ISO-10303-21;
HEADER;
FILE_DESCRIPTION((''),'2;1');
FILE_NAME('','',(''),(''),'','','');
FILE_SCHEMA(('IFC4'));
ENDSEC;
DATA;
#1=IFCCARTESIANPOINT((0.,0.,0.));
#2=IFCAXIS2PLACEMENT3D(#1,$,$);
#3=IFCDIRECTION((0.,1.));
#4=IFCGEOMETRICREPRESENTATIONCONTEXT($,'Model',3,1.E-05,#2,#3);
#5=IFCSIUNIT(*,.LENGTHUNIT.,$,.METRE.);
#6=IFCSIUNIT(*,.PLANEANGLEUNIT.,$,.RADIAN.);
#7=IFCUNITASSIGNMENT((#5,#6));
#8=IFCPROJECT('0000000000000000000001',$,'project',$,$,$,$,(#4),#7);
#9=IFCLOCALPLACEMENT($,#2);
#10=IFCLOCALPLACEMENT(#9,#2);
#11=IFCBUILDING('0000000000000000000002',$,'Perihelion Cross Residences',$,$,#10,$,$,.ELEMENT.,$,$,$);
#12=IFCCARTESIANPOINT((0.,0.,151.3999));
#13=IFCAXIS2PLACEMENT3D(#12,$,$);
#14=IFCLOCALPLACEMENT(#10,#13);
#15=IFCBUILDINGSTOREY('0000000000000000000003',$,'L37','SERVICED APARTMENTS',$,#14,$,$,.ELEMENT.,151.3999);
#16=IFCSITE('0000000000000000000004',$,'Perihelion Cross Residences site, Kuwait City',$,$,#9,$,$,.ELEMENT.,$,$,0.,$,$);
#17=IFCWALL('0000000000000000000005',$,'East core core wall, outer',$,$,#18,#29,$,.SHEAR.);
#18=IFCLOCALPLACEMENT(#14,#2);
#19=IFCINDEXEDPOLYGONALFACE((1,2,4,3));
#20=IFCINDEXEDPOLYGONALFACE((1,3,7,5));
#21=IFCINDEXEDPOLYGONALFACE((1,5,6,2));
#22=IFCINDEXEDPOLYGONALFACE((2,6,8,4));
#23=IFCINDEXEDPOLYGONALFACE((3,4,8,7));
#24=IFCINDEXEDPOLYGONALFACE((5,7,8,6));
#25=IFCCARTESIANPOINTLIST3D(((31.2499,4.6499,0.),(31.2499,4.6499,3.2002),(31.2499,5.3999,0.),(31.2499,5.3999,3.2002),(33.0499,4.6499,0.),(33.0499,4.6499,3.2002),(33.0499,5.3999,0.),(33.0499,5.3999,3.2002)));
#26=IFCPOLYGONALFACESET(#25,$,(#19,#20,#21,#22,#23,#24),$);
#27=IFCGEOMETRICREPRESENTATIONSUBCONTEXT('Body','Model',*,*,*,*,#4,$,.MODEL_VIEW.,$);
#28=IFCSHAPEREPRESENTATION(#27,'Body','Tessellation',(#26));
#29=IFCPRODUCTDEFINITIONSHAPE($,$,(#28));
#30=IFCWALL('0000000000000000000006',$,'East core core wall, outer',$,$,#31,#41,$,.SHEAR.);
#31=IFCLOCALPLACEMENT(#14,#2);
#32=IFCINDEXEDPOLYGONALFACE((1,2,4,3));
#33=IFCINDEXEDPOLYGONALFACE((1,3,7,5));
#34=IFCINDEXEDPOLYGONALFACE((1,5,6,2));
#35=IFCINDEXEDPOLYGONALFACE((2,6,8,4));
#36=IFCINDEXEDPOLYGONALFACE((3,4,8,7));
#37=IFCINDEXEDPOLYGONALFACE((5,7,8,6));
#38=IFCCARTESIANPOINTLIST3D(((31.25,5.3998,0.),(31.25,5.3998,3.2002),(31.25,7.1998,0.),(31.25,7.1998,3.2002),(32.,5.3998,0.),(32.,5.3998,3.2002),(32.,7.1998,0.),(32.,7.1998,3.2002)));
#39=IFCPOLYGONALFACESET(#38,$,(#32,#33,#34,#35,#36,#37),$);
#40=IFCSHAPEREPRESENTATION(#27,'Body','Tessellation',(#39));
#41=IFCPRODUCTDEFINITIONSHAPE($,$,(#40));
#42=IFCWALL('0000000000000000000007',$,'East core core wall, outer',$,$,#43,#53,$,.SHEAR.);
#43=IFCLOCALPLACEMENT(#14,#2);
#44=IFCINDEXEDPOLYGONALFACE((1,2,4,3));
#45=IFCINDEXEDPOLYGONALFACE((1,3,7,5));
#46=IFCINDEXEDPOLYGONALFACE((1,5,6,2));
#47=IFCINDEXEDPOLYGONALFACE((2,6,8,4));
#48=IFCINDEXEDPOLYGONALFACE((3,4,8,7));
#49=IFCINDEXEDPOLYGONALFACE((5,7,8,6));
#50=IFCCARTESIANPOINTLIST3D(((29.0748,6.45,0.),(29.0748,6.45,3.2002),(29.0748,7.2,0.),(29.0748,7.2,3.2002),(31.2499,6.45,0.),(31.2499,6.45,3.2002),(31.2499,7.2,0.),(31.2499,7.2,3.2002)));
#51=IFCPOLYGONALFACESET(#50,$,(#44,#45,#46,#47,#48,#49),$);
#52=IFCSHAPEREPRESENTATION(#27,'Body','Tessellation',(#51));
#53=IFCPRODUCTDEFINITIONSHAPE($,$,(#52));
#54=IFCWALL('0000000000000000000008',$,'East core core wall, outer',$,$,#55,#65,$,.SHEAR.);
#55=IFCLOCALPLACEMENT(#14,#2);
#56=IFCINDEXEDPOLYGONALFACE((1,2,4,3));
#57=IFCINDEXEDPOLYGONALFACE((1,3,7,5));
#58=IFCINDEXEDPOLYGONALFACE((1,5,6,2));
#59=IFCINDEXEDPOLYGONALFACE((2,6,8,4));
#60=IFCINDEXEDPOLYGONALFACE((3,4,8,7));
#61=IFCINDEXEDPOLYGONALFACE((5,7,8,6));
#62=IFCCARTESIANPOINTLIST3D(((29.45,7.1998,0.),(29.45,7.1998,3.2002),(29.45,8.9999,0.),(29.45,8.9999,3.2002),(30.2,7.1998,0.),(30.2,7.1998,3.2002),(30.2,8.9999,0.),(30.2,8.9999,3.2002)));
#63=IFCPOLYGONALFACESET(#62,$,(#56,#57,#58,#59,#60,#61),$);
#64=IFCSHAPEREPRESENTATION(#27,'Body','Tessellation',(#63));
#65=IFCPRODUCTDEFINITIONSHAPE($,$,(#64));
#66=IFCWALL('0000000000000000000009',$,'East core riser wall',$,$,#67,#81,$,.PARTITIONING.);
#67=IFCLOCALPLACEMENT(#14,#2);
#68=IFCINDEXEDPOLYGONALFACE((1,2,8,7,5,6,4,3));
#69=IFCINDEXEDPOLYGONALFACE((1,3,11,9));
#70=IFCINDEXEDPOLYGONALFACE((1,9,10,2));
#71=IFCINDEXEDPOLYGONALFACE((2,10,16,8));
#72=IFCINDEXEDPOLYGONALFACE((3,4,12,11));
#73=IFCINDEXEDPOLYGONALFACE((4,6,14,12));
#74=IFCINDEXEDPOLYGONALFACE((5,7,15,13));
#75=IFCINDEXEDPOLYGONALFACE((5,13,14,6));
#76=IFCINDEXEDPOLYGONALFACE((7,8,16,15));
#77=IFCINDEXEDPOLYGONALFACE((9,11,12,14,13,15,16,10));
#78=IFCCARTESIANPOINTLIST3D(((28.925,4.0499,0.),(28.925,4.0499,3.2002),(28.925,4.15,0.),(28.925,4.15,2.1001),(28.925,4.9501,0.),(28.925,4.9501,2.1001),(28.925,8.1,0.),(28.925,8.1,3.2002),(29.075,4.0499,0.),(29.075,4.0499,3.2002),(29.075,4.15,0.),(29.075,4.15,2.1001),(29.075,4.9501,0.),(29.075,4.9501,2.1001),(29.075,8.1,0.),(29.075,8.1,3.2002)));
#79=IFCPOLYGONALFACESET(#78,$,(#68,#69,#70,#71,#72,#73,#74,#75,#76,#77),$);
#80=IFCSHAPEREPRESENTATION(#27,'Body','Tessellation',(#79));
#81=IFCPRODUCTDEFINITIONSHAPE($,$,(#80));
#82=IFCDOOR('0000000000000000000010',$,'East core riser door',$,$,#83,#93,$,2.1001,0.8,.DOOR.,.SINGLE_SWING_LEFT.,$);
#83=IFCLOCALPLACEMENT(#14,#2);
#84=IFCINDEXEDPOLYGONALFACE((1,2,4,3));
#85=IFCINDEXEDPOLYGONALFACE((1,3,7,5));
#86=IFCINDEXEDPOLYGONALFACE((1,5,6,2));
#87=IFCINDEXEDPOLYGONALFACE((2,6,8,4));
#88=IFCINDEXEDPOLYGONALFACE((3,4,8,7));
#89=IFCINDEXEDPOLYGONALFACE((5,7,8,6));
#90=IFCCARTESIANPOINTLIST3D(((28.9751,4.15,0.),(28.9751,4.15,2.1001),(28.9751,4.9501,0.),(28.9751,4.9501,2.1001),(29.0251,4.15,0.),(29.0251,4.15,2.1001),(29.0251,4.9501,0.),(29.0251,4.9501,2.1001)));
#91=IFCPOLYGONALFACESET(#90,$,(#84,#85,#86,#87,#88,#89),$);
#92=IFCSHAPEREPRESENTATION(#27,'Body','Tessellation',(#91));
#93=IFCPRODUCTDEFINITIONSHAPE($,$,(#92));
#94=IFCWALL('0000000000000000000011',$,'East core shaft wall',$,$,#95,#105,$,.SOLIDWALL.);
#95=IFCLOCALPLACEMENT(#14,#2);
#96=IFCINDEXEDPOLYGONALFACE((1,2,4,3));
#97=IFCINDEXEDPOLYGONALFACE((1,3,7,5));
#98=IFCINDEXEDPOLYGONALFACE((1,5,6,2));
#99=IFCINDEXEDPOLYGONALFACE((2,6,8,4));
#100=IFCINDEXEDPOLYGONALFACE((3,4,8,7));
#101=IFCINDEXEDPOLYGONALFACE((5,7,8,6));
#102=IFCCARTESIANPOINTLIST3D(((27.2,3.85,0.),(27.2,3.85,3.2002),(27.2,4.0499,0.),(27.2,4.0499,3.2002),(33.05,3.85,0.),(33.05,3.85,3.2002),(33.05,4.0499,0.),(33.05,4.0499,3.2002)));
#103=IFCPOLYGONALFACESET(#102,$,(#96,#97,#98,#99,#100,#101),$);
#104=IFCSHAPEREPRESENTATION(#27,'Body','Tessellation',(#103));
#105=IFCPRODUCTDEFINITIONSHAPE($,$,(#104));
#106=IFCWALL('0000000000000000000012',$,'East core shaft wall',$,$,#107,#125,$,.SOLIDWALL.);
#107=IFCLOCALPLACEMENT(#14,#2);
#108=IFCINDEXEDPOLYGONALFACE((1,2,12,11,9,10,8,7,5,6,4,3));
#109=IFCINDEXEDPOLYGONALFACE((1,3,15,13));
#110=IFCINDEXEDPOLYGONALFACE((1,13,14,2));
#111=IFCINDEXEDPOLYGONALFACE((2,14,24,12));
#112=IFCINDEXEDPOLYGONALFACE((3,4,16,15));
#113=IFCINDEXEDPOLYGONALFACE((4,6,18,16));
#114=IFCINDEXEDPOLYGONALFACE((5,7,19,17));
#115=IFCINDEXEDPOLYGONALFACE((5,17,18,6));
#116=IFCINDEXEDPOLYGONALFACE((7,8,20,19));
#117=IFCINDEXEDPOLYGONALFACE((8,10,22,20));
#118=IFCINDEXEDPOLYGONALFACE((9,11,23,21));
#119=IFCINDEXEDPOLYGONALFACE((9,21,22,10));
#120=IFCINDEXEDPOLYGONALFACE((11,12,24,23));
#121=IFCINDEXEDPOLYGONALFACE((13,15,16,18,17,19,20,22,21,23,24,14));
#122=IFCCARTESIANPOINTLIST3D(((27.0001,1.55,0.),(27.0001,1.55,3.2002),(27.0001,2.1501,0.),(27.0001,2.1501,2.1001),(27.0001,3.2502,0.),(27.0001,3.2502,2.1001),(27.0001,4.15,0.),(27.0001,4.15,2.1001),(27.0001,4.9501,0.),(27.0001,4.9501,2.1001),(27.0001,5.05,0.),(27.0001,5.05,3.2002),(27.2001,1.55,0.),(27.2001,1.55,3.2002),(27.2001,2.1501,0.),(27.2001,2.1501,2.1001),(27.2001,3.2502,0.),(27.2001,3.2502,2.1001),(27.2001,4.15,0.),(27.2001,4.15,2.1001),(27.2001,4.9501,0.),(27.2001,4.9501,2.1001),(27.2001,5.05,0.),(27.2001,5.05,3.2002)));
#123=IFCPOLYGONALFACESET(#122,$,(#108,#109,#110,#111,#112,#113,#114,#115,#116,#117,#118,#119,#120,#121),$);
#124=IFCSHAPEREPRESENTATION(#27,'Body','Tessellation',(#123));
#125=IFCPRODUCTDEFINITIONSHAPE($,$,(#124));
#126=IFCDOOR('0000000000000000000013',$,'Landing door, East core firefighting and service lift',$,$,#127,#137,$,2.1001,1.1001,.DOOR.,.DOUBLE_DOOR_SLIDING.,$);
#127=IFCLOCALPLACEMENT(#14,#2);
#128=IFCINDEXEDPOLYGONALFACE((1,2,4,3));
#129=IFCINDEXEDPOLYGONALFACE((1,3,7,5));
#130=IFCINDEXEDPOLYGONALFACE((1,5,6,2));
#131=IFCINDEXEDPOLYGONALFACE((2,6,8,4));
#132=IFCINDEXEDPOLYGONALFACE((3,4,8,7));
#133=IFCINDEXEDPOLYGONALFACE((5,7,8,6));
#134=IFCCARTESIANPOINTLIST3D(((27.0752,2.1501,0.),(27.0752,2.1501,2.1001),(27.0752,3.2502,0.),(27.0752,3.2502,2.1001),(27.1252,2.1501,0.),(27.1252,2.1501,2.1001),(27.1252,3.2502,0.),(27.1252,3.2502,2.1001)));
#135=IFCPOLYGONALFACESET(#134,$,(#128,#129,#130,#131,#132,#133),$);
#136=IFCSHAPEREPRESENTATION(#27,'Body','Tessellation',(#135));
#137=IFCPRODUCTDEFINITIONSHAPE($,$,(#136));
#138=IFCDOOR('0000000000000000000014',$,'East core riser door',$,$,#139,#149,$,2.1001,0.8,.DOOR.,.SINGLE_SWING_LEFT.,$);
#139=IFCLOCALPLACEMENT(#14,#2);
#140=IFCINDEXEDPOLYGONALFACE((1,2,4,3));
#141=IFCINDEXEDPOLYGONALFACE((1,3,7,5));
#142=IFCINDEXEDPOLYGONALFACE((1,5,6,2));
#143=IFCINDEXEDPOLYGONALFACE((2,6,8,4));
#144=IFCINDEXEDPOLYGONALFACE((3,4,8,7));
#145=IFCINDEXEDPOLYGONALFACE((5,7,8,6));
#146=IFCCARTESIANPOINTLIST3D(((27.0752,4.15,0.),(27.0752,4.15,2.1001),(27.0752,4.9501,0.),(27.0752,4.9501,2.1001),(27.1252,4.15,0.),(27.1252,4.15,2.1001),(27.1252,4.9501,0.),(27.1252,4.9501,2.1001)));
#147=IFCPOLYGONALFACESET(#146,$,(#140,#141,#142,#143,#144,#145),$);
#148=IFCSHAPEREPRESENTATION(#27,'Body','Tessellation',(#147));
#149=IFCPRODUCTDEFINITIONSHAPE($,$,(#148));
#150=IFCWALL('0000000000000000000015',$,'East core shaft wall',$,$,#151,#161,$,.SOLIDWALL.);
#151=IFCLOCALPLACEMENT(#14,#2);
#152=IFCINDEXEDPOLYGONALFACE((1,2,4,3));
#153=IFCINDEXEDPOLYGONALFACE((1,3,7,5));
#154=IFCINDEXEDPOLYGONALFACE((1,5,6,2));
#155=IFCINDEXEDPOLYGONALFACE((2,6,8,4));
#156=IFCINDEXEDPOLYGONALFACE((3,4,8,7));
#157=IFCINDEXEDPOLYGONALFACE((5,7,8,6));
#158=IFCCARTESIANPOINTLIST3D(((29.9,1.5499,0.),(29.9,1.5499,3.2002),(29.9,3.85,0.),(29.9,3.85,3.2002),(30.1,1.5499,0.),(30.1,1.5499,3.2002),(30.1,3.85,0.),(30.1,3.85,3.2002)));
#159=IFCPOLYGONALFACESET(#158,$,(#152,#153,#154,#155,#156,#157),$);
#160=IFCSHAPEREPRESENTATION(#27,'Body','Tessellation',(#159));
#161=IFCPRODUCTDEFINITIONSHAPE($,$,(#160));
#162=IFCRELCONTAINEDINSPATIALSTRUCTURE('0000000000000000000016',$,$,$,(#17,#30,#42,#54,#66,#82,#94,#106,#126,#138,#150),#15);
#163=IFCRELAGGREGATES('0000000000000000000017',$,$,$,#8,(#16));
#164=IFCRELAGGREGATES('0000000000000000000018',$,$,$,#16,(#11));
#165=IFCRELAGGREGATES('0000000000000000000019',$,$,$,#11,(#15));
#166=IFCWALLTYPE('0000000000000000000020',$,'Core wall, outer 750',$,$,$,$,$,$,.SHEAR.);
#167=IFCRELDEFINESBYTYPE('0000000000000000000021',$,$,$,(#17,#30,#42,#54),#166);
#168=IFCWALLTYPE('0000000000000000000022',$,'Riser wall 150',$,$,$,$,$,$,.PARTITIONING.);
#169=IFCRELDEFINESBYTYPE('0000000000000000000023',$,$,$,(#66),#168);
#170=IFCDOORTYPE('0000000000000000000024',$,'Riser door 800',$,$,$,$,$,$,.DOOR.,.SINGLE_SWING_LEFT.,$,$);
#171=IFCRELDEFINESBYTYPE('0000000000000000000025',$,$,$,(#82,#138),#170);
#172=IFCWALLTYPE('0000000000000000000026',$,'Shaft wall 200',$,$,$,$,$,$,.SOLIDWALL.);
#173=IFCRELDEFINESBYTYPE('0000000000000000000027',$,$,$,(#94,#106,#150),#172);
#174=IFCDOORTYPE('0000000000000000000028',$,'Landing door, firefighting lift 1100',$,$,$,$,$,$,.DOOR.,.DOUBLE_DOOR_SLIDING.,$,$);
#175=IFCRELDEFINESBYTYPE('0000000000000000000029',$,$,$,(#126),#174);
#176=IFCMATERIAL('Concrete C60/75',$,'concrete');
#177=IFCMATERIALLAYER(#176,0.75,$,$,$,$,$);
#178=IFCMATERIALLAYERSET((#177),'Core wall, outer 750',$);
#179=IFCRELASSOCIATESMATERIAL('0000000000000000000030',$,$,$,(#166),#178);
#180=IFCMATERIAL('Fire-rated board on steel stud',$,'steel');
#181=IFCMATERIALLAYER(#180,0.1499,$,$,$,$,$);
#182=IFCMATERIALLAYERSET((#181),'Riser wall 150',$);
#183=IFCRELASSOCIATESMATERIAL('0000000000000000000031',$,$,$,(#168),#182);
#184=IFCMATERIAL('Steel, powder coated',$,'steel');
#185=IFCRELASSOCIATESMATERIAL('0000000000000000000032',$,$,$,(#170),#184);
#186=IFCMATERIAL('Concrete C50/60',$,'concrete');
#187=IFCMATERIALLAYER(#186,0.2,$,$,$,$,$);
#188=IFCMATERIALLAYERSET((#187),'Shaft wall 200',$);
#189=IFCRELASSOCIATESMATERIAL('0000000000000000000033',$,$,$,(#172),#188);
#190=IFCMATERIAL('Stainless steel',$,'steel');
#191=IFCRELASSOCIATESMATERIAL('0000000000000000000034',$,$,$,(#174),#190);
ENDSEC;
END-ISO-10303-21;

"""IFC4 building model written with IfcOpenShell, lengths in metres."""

from ifc_helpers import new_model, si_unit, direction, frame, frame_2d, origin, place, context, subcontext, project, spatial, rectangle, extrude, material, layer, layer_set, type_object, element, fill, save


model = new_model("IFC4")

# Units and contexts
model_context = context("Model", 3, precision=1e-05, world=origin(), true_north=direction((0.0, 1.0)))
body_context = subcontext(model_context, "Body", "Model", "MODEL_VIEW")
ifc_project = project(units=[si_unit("LENGTHUNIT", "METRE"), si_unit("PLANEANGLEUNIT", "RADIAN")], contexts=[model_context])

# Site, building, storey
site_placement = place(None, origin())
site = spatial("IfcSite", under=ifc_project, at=site_placement, Name="Perihelion Cross Residences site, Kuwait City", CompositionType="ELEMENT", RefElevation=0.0)
building_placement = place(site_placement, origin())
building = spatial("IfcBuilding", under=site, at=building_placement, Name="Perihelion Cross Residences", CompositionType="ELEMENT")
storey_placement = place(building_placement, frame((0.0, 0.0, 151.3999)))
storey = spatial("IfcBuildingStorey", under=building, at=storey_placement, Name="L37", Description="SERVICED APARTMENTS", CompositionType="ELEMENT", Elevation=151.3999)

# Walls
ifc_material_1 = material(Name="Concrete C60/75", Category="concrete")
ifc_layer_1 = layer(ifc_material_1, 0.75)
ifc_layer_set_1 = layer_set([ifc_layer_1], Name="Core wall, outer 750")
wall_type_1 = type_object("IfcWallType", Name="Core wall, outer 750", PredefinedType="SHEAR", material=ifc_layer_set_1)
for number, where, z_axis, x_axis, name in (
    (1, (31.25, 5.0249, 0.0), (0.0, 0.0, 1.0), (1.0, 0.0, 0.0), "East core core wall, outer"),
    (2, (31.625, 5.3999, 0.0), (0.0, 0.0, 1.0), (0.0, 1.0, 0.0), "East core core wall, outer"),
):
    element("IfcWall", number, at=place(storey_placement, frame(where, z_axis=z_axis, x_axis=x_axis)), inside=storey, type_object=wall_type_1, Name=name, PredefinedType="SHEAR", context=body_context, shape_type="SweptSolid", body=[
        extrude(rectangle(XDim=1.8, YDim=0.75, at=frame_2d((0.8999, 0.0))), origin(), (0.0, 0.0, 1.0), 3.2002),
    ])
wall_1_placement = place(storey_placement, frame((29.075, 6.825, 0.0), z_axis=(0.0, 0.0, 1.0), x_axis=(1.0, 0.0, 0.0)))
element("IfcWall", 3, at=wall_1_placement, inside=storey, type_object=wall_type_1, Name="East core core wall, outer", PredefinedType="SHEAR", context=body_context, shape_type="SweptSolid", body=[
    extrude(rectangle(XDim=2.175, YDim=0.75, at=frame_2d((1.0874, 0.0))), origin(), (0.0, 0.0, 1.0), 3.2002),
])
wall_2_placement = place(storey_placement, frame((29.825, 7.2, 0.0), z_axis=(0.0, 0.0, 1.0), x_axis=(0.0, 1.0, 0.0)))
element("IfcWall", 4, at=wall_2_placement, inside=storey, type_object=wall_type_1, Name="East core core wall, outer", PredefinedType="SHEAR", context=body_context, shape_type="SweptSolid", body=[
    extrude(rectangle(XDim=1.8, YDim=0.75, at=frame_2d((0.8999, 0.0))), origin(), (0.0, 0.0, 1.0), 3.2002),
])

# Wall, opening, door
ifc_material_2 = material(Name="Fire-rated board on steel stud", Category="steel")
ifc_layer_2 = layer(ifc_material_2, 0.1499)
ifc_layer_set_2 = layer_set([ifc_layer_2], Name="Riser wall 150")
wall_type_2 = type_object("IfcWallType", Name="Riser wall 150", PredefinedType="PARTITIONING", material=ifc_layer_set_2)
wall_3_placement = place(storey_placement, frame((29.0, 4.05, 0.0), z_axis=(0.0, 0.0, 1.0), x_axis=(0.0, 1.0, 0.0)))
wall_3 = element("IfcWall", 5, at=wall_3_placement, inside=storey, type_object=wall_type_2, Name="East core riser wall", PredefinedType="PARTITIONING", context=body_context, shape_type="SweptSolid", body=[
    extrude(rectangle(XDim=4.05, YDim=0.1499, at=frame_2d((2.0249, 0.0))), origin(), (0.0, 0.0, 1.0), 3.2002),
])
opening_1_placement = place(wall_3_placement, frame((0.1001, 0.0, 0.0)))
opening_1 = element("IfcOpeningElement", 6, at=opening_1_placement, cuts=wall_3, PredefinedType="OPENING", context=body_context, shape_type="SweptSolid", body=[
    extrude(rectangle(XDim=0.8, YDim=2.1001, at=frame_2d((0.3999, 1.05))), frame((0.0, 0.085, 0.0), z_axis=(0.0, -1.0, 0.0), x_axis=(1.0, 0.0, 0.0)), (0.0, 0.0, 1.0), 0.1699),
])
ifc_material_3 = material(Name="Steel, powder coated", Category="steel")
door_type_1 = type_object("IfcDoorType", Name="Riser door 800", OperationType="SINGLE_SWING_LEFT", PredefinedType="DOOR", material=ifc_material_3)
door_1_placement = place(opening_1_placement, origin())
door_1 = element("IfcDoor", 7, at=door_1_placement, inside=storey, type_object=door_type_1, Name="East core riser door", OperationType="SINGLE_SWING_LEFT", OverallHeight=2.1001, OverallWidth=0.8, PredefinedType="DOOR", context=body_context, shape_type="SweptSolid", body=[
    extrude(rectangle(XDim=0.8, YDim=2.1001, at=frame_2d((0.3999, 1.05))), frame((0.0, 0.0249, 0.0), z_axis=(0.0, -1.0, 0.0), x_axis=(1.0, 0.0, 0.0)), (0.0, 0.0, 1.0), 0.05),
])
fill(opening_1, door_1)

# Wall
ifc_material_4 = material(Name="Concrete C50/60", Category="concrete")
ifc_layer_3 = layer(ifc_material_4, 0.2)
ifc_layer_set_3 = layer_set([ifc_layer_3], Name="Shaft wall 200")
wall_type_3 = type_object("IfcWallType", Name="Shaft wall 200", PredefinedType="SOLIDWALL", material=ifc_layer_set_3)
wall_4_placement = place(storey_placement, frame((27.2, 3.95, 0.0), z_axis=(0.0, 0.0, 1.0), x_axis=(1.0, 0.0, 0.0)))
element("IfcWall", 8, at=wall_4_placement, inside=storey, type_object=wall_type_3, Name="East core shaft wall", PredefinedType="SOLIDWALL", context=body_context, shape_type="SweptSolid", body=[
    extrude(rectangle(XDim=5.8501, YDim=0.2, at=frame_2d((2.925, 0.0))), origin(), (0.0, 0.0, 1.0), 3.2002),
])

# Wall, openings, doors
wall_5_placement = place(storey_placement, frame((27.1001, 1.55, 0.0), z_axis=(0.0, 0.0, 1.0), x_axis=(0.0, 1.0, 0.0)))
wall_5 = element("IfcWall", 9, at=wall_5_placement, inside=storey, type_object=wall_type_3, Name="East core shaft wall", PredefinedType="SOLIDWALL", context=body_context, shape_type="SweptSolid", body=[
    extrude(rectangle(XDim=3.5, YDim=0.2, at=frame_2d((1.75, 0.0))), origin(), (0.0, 0.0, 1.0), 3.2002),
])
opening_2_placement = place(wall_5_placement, frame((0.6001, 0.0, 0.0)))
opening_2 = element("IfcOpeningElement", 10, at=opening_2_placement, cuts=wall_5, PredefinedType="OPENING", context=body_context, shape_type="SweptSolid", body=[
    extrude(rectangle(XDim=1.1001, YDim=2.1001, at=frame_2d((0.55, 1.05))), frame((0.0, 0.1099, 0.0), z_axis=(0.0, -1.0, 0.0), x_axis=(1.0, 0.0, 0.0)), (0.0, 0.0, 1.0), 0.22),
])
opening_3_placement = place(wall_5_placement, frame((2.6001, 0.0, 0.0)))
opening_3 = element("IfcOpeningElement", 11, at=opening_3_placement, cuts=wall_5, PredefinedType="OPENING", context=body_context, shape_type="SweptSolid", body=[
    extrude(rectangle(XDim=0.8, YDim=2.1001, at=frame_2d((0.3999, 1.05))), frame((0.0, 0.1099, 0.0), z_axis=(0.0, -1.0, 0.0), x_axis=(1.0, 0.0, 0.0)), (0.0, 0.0, 1.0), 0.22),
])
ifc_material_5 = material(Name="Stainless steel", Category="steel")
door_type_2 = type_object("IfcDoorType", Name="Landing door, firefighting lift 1100", OperationType="DOUBLE_DOOR_SLIDING", PredefinedType="DOOR", material=ifc_material_5)
door_2_placement = place(opening_2_placement, origin())
door_2 = element("IfcDoor", 12, at=door_2_placement, inside=storey, type_object=door_type_2, Name="Landing door, East core firefighting and service lift", OperationType="DOUBLE_DOOR_SLIDING", OverallHeight=2.1001, OverallWidth=1.1001, PredefinedType="DOOR", context=body_context, shape_type="SweptSolid", body=[
    extrude(rectangle(XDim=1.1001, YDim=2.1001, at=frame_2d((0.55, 1.05))), frame((0.0, 0.0249, 0.0), z_axis=(0.0, -1.0, 0.0), x_axis=(1.0, 0.0, 0.0)), (0.0, 0.0, 1.0), 0.05),
])
fill(opening_2, door_2)
door_3_placement = place(opening_3_placement, origin())
door_3 = element("IfcDoor", 13, at=door_3_placement, inside=storey, type_object=door_type_1, Name="East core riser door", OperationType="SINGLE_SWING_LEFT", OverallHeight=2.1001, OverallWidth=0.8, PredefinedType="DOOR", context=body_context, shape_type="SweptSolid", body=[
    extrude(rectangle(XDim=0.8, YDim=2.1001, at=frame_2d((0.3999, 1.05))), frame((0.0, 0.0249, 0.0), z_axis=(0.0, -1.0, 0.0), x_axis=(1.0, 0.0, 0.0)), (0.0, 0.0, 1.0), 0.05),
])
fill(opening_3, door_3)

# Wall
wall_6_placement = place(storey_placement, frame((30.0, 1.55, 0.0), z_axis=(0.0, 0.0, 1.0), x_axis=(0.0, 1.0, 0.0)))
element("IfcWall", 14, at=wall_6_placement, inside=storey, type_object=wall_type_3, Name="East core shaft wall", PredefinedType="SOLIDWALL", context=body_context, shape_type="SweptSolid", body=[
    extrude(rectangle(XDim=2.3, YDim=0.2, at=frame_2d((1.1499, 0.0))), origin(), (0.0, 0.0, 1.0), 3.2002),
])

save(model, "model.ifc")
